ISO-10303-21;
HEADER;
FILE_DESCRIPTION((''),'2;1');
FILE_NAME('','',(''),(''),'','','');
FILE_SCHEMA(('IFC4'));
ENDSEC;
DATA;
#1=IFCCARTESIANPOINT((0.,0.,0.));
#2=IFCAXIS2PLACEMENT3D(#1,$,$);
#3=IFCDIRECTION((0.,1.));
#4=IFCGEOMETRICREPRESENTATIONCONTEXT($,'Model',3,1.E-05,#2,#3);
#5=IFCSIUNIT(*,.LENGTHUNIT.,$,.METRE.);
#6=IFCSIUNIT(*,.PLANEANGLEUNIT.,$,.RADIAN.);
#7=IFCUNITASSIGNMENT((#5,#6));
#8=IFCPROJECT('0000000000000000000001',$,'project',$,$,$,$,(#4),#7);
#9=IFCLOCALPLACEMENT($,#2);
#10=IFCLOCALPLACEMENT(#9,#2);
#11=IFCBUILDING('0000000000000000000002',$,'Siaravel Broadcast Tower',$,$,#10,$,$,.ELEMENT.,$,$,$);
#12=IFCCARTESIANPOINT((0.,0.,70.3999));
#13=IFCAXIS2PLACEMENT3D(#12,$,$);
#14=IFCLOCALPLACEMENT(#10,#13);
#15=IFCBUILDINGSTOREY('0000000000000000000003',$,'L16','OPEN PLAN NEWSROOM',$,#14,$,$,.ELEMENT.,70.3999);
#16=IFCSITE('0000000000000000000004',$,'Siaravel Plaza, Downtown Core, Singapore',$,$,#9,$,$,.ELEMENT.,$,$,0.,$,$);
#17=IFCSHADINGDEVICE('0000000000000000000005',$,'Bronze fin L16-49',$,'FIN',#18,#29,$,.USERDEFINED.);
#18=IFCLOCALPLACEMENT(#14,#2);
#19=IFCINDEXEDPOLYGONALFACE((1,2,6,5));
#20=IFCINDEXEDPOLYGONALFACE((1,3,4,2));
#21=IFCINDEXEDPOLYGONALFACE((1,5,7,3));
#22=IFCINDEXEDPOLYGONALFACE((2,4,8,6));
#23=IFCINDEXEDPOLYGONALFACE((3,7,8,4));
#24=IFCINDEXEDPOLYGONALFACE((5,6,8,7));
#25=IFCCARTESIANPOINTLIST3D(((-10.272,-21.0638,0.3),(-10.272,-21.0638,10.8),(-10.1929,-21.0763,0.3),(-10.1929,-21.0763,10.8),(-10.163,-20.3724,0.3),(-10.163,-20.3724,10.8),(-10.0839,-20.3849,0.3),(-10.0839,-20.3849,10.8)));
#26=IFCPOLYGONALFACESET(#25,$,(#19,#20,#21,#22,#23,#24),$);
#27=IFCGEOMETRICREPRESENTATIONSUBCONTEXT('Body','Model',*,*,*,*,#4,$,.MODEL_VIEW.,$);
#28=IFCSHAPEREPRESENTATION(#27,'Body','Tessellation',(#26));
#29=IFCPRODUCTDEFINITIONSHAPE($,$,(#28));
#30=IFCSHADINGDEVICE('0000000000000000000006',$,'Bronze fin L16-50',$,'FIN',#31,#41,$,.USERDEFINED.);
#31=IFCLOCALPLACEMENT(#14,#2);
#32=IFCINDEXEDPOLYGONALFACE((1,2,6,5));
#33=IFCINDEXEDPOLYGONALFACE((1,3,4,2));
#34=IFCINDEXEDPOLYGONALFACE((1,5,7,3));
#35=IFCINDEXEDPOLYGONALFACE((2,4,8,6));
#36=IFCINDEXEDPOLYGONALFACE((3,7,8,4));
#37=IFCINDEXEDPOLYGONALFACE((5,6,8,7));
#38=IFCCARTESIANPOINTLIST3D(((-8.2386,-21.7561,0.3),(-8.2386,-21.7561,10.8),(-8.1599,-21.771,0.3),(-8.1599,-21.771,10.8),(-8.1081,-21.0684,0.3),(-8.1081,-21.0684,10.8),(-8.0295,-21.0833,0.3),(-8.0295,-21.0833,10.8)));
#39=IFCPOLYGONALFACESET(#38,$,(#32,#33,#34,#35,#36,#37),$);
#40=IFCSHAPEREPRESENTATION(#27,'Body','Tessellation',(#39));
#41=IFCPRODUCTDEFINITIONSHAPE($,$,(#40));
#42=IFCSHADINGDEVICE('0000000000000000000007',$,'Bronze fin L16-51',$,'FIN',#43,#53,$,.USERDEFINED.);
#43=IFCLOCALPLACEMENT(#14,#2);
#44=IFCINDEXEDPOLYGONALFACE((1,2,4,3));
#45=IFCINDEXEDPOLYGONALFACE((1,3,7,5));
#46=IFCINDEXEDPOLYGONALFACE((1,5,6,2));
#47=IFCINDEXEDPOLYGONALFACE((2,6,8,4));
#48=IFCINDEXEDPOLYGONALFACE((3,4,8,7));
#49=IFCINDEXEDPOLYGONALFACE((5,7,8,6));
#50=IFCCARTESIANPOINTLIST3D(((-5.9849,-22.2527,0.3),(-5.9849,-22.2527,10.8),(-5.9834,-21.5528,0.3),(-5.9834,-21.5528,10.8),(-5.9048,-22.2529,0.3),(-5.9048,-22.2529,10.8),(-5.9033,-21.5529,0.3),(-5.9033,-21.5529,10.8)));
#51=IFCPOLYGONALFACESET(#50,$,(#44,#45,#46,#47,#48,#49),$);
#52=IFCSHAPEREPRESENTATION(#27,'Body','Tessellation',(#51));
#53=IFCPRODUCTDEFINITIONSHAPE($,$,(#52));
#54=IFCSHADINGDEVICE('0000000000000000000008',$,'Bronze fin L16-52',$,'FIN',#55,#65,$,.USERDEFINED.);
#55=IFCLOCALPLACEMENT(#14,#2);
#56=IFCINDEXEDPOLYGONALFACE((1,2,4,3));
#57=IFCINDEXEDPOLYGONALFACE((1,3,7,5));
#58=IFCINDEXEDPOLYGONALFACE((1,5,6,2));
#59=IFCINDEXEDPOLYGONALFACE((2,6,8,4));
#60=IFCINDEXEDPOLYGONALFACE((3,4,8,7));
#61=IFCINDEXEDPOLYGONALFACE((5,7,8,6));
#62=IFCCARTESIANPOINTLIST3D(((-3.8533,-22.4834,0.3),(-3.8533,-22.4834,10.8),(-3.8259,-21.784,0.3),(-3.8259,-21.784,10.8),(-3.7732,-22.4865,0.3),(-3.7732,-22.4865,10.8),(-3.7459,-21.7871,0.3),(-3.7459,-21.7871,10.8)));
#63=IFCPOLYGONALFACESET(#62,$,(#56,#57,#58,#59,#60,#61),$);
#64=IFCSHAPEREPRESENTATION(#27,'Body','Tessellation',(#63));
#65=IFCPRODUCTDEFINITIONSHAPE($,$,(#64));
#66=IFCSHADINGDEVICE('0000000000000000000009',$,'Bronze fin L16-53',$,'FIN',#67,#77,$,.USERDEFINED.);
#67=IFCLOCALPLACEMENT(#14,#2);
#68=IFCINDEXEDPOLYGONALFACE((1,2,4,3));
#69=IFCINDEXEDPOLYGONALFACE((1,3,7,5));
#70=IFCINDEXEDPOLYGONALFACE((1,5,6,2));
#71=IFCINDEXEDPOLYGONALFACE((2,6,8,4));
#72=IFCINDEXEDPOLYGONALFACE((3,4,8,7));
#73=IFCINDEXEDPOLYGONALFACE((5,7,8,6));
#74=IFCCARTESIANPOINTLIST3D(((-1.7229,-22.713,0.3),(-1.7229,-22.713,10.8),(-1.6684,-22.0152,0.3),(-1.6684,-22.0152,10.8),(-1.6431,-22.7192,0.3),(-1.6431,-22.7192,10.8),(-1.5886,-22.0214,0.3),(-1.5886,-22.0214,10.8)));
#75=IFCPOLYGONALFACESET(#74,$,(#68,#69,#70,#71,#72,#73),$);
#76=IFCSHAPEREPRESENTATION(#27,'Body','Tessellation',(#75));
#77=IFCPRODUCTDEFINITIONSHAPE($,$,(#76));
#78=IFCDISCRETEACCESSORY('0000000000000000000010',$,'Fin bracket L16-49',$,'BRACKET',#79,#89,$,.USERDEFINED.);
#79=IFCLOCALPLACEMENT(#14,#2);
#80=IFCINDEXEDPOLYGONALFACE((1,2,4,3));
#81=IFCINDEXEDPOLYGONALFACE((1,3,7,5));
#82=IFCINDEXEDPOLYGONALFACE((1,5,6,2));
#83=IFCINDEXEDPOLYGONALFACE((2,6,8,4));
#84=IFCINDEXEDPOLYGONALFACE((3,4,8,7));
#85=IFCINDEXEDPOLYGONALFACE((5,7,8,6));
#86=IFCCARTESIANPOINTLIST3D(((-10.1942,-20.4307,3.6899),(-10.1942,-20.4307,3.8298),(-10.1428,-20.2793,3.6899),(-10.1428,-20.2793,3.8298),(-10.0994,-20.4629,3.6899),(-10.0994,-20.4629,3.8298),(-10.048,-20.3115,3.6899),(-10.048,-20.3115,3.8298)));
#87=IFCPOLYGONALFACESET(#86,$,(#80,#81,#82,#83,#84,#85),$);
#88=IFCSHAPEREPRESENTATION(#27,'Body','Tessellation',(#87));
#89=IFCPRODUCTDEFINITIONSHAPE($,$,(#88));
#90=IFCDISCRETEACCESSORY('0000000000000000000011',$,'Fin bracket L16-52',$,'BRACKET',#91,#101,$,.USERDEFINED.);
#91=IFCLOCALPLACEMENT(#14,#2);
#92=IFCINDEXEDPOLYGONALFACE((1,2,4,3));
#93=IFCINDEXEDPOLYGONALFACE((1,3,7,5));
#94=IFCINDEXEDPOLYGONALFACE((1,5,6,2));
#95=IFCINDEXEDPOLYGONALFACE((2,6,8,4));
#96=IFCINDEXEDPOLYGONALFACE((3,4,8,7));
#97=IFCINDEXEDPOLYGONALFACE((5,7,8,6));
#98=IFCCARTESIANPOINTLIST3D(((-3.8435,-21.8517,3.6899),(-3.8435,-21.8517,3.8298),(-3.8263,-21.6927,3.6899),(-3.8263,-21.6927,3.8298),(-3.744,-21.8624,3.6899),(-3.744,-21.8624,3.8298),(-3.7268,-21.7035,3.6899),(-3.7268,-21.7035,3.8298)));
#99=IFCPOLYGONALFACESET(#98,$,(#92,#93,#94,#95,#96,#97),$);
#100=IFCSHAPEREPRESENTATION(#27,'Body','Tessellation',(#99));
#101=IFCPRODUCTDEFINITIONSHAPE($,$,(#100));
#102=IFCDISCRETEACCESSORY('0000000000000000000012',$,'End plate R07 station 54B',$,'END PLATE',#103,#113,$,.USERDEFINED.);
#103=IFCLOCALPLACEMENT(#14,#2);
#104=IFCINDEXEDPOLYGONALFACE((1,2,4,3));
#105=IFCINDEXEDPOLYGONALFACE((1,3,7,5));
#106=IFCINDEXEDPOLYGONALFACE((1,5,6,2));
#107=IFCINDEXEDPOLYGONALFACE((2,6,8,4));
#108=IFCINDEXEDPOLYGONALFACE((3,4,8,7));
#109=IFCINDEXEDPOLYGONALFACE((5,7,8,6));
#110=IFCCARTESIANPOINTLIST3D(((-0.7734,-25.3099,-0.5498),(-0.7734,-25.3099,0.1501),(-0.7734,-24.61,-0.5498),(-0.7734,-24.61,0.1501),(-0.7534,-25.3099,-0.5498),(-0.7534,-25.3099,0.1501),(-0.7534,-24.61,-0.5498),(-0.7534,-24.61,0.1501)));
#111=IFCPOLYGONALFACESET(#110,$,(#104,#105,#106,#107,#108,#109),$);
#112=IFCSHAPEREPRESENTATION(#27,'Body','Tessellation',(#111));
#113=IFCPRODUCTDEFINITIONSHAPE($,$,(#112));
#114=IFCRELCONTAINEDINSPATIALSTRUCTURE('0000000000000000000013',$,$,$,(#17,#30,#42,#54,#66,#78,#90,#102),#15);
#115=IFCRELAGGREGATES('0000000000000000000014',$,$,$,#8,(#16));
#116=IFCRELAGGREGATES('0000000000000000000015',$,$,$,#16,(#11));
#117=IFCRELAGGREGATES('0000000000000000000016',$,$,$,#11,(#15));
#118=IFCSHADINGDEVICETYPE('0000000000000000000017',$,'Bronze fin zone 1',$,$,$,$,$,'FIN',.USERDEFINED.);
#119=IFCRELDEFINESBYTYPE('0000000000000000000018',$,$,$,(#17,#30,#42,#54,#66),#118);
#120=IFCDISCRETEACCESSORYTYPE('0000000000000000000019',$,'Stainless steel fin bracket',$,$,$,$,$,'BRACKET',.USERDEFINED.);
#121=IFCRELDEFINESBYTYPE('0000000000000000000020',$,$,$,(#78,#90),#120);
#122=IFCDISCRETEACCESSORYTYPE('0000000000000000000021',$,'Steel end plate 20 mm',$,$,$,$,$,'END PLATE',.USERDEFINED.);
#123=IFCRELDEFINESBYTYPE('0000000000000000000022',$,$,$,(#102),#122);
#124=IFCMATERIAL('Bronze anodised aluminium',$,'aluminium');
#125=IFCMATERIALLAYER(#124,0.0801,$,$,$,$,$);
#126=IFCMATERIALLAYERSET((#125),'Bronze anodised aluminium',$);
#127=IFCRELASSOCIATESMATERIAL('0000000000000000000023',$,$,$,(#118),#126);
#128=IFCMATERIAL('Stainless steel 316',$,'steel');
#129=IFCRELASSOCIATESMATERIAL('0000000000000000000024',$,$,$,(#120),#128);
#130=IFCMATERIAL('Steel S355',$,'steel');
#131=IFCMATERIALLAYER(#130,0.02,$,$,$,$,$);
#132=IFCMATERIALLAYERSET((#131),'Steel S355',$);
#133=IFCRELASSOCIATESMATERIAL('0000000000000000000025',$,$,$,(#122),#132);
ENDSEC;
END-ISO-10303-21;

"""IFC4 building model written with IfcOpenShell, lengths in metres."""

from ifc_helpers import new_model, si_unit, direction, frame, origin, origin_2d, place, context, subcontext, project, spatial, rectangle, extrude, material, layer, layer_set, type_object, element, save


model = new_model("IFC4")

# Units and contexts
model_context = context("Model", 3, precision=1e-05, world=origin(), true_north=direction((0.0, 1.0)))
body_context = subcontext(model_context, "Body", "Model", "MODEL_VIEW")
ifc_project = project(units=[si_unit("LENGTHUNIT", "METRE"), si_unit("PLANEANGLEUNIT", "RADIAN")], contexts=[model_context])

# Site, building, storey
site_placement = place(None, origin())
site = spatial("IfcSite", under=ifc_project, at=site_placement, Name="Siaravel Plaza, Downtown Core, Singapore", CompositionType="ELEMENT", RefElevation=0.0)
building_placement = place(site_placement, origin())
building = spatial("IfcBuilding", under=site, at=building_placement, Name="Siaravel Broadcast Tower", CompositionType="ELEMENT")
storey_placement = place(building_placement, frame((0.0, 0.0, 70.3999)))
storey = spatial("IfcBuildingStorey", under=building, at=storey_placement, Name="L16", Description="OPEN PLAN NEWSROOM", CompositionType="ELEMENT", Elevation=70.3999)

# Shared definitions
ifc_material_1 = material(Name="Steel S355", Category="steel")

# Shading devices
ifc_material_2 = material(Name="Bronze anodised aluminium", Category="aluminium")
ifc_layer_1 = layer(ifc_material_2, 0.0801)
ifc_layer_set_1 = layer_set([ifc_layer_1], Name="Bronze anodised aluminium")
shading_device_type = type_object("IfcShadingDeviceType", Name="Bronze fin zone 1", ElementType="FIN", PredefinedType="USERDEFINED", material=ifc_layer_set_1)
for number, where, z_axis, x_axis, name in (
    (1, (-10.178, -20.7244, 0.3), (0.0, 0.0, 1.0), (-0.155683, -0.987807, 0.0), "Bronze fin L16-49"),
    (2, (-8.134, -21.4197, 0.3), (0.0, 0.0, 1.0), (-0.186419, -0.98247, 0.0), "Bronze fin L16-50"),
    (3, (-5.9441, -21.9028, 0.3), (0.0, 0.0, 1.0), (-0.002138, -0.999998, 0.0), "Bronze fin L16-51"),
    (4, (-3.7996, -22.1353, 0.3), (0.0, 0.0, 1.0), (-0.03912, -0.999235, 0.0), "Bronze fin L16-52"),
    (5, (-1.6558, -22.3672, 0.3), (0.0, 0.0, 1.0), (-0.077906, -0.996961, 0.0), "Bronze fin L16-53"),
):
    element("IfcShadingDevice", number, at=place(storey_placement, frame(where, z_axis=z_axis, x_axis=x_axis)), inside=storey, type_object=shading_device_type, Name=name, ObjectType="FIN", PredefinedType="USERDEFINED", context=body_context, shape_type="SweptSolid", body=[
        extrude(rectangle(XDim=0.7, YDim=0.0801, at=origin_2d()), origin(), (0.0, 0.0, 1.0), 10.5),
    ])

# Discrete accessories
ifc_material_3 = material(Name="Stainless steel 316", Category="steel")
discrete_accessory_type_1 = type_object("IfcDiscreteAccessoryType", Name="Stainless steel fin bracket", ElementType="BRACKET", PredefinedType="USERDEFINED", material=ifc_material_3)
for number, where, z_axis, x_axis, name in (
    (6, (-10.1211, -20.3711, 3.6899), (0.0, 0.0, 1.0), (-0.321301, -0.946977, 0.0), "Fin bracket L16-49"),
    (7, (-3.7852, -21.7776, 3.6899), (0.0, 0.0, 1.0), (-0.107219, -0.994235, 0.0), "Fin bracket L16-52"),
):
    element("IfcDiscreteAccessory", number, at=place(storey_placement, frame(where, z_axis=z_axis, x_axis=x_axis)), inside=storey, type_object=discrete_accessory_type_1, Name=name, ObjectType="BRACKET", PredefinedType="USERDEFINED", context=body_context, shape_type="SweptSolid", body=[
        extrude(rectangle(XDim=0.1599, YDim=0.1001, at=origin_2d()), origin(), (0.0, 0.0, 1.0), 0.1399),
    ])
ifc_layer_2 = layer(ifc_material_1, 0.02)
ifc_layer_set_2 = layer_set([ifc_layer_2], Name="Steel S355")
discrete_accessory_type_2 = type_object("IfcDiscreteAccessoryType", Name="Steel end plate 20 mm", ElementType="END PLATE", PredefinedType="USERDEFINED", material=ifc_layer_set_2)
discrete_accessory_placement = place(storey_placement, frame((-0.7634, -24.96, -0.5498), z_axis=(0.0, 0.0, 1.0), x_axis=(1.0, 0.0, 0.0)))
element("IfcDiscreteAccessory", 8, at=discrete_accessory_placement, inside=storey, type_object=discrete_accessory_type_2, Name="End plate R07 station 54B", ObjectType="END PLATE", PredefinedType="USERDEFINED", context=body_context, shape_type="SweptSolid", body=[
    extrude(rectangle(XDim=0.02, YDim=0.7, at=origin_2d()), origin(), (0.0, 0.0, 1.0), 0.7),
])

save(model, "model.ifc")
